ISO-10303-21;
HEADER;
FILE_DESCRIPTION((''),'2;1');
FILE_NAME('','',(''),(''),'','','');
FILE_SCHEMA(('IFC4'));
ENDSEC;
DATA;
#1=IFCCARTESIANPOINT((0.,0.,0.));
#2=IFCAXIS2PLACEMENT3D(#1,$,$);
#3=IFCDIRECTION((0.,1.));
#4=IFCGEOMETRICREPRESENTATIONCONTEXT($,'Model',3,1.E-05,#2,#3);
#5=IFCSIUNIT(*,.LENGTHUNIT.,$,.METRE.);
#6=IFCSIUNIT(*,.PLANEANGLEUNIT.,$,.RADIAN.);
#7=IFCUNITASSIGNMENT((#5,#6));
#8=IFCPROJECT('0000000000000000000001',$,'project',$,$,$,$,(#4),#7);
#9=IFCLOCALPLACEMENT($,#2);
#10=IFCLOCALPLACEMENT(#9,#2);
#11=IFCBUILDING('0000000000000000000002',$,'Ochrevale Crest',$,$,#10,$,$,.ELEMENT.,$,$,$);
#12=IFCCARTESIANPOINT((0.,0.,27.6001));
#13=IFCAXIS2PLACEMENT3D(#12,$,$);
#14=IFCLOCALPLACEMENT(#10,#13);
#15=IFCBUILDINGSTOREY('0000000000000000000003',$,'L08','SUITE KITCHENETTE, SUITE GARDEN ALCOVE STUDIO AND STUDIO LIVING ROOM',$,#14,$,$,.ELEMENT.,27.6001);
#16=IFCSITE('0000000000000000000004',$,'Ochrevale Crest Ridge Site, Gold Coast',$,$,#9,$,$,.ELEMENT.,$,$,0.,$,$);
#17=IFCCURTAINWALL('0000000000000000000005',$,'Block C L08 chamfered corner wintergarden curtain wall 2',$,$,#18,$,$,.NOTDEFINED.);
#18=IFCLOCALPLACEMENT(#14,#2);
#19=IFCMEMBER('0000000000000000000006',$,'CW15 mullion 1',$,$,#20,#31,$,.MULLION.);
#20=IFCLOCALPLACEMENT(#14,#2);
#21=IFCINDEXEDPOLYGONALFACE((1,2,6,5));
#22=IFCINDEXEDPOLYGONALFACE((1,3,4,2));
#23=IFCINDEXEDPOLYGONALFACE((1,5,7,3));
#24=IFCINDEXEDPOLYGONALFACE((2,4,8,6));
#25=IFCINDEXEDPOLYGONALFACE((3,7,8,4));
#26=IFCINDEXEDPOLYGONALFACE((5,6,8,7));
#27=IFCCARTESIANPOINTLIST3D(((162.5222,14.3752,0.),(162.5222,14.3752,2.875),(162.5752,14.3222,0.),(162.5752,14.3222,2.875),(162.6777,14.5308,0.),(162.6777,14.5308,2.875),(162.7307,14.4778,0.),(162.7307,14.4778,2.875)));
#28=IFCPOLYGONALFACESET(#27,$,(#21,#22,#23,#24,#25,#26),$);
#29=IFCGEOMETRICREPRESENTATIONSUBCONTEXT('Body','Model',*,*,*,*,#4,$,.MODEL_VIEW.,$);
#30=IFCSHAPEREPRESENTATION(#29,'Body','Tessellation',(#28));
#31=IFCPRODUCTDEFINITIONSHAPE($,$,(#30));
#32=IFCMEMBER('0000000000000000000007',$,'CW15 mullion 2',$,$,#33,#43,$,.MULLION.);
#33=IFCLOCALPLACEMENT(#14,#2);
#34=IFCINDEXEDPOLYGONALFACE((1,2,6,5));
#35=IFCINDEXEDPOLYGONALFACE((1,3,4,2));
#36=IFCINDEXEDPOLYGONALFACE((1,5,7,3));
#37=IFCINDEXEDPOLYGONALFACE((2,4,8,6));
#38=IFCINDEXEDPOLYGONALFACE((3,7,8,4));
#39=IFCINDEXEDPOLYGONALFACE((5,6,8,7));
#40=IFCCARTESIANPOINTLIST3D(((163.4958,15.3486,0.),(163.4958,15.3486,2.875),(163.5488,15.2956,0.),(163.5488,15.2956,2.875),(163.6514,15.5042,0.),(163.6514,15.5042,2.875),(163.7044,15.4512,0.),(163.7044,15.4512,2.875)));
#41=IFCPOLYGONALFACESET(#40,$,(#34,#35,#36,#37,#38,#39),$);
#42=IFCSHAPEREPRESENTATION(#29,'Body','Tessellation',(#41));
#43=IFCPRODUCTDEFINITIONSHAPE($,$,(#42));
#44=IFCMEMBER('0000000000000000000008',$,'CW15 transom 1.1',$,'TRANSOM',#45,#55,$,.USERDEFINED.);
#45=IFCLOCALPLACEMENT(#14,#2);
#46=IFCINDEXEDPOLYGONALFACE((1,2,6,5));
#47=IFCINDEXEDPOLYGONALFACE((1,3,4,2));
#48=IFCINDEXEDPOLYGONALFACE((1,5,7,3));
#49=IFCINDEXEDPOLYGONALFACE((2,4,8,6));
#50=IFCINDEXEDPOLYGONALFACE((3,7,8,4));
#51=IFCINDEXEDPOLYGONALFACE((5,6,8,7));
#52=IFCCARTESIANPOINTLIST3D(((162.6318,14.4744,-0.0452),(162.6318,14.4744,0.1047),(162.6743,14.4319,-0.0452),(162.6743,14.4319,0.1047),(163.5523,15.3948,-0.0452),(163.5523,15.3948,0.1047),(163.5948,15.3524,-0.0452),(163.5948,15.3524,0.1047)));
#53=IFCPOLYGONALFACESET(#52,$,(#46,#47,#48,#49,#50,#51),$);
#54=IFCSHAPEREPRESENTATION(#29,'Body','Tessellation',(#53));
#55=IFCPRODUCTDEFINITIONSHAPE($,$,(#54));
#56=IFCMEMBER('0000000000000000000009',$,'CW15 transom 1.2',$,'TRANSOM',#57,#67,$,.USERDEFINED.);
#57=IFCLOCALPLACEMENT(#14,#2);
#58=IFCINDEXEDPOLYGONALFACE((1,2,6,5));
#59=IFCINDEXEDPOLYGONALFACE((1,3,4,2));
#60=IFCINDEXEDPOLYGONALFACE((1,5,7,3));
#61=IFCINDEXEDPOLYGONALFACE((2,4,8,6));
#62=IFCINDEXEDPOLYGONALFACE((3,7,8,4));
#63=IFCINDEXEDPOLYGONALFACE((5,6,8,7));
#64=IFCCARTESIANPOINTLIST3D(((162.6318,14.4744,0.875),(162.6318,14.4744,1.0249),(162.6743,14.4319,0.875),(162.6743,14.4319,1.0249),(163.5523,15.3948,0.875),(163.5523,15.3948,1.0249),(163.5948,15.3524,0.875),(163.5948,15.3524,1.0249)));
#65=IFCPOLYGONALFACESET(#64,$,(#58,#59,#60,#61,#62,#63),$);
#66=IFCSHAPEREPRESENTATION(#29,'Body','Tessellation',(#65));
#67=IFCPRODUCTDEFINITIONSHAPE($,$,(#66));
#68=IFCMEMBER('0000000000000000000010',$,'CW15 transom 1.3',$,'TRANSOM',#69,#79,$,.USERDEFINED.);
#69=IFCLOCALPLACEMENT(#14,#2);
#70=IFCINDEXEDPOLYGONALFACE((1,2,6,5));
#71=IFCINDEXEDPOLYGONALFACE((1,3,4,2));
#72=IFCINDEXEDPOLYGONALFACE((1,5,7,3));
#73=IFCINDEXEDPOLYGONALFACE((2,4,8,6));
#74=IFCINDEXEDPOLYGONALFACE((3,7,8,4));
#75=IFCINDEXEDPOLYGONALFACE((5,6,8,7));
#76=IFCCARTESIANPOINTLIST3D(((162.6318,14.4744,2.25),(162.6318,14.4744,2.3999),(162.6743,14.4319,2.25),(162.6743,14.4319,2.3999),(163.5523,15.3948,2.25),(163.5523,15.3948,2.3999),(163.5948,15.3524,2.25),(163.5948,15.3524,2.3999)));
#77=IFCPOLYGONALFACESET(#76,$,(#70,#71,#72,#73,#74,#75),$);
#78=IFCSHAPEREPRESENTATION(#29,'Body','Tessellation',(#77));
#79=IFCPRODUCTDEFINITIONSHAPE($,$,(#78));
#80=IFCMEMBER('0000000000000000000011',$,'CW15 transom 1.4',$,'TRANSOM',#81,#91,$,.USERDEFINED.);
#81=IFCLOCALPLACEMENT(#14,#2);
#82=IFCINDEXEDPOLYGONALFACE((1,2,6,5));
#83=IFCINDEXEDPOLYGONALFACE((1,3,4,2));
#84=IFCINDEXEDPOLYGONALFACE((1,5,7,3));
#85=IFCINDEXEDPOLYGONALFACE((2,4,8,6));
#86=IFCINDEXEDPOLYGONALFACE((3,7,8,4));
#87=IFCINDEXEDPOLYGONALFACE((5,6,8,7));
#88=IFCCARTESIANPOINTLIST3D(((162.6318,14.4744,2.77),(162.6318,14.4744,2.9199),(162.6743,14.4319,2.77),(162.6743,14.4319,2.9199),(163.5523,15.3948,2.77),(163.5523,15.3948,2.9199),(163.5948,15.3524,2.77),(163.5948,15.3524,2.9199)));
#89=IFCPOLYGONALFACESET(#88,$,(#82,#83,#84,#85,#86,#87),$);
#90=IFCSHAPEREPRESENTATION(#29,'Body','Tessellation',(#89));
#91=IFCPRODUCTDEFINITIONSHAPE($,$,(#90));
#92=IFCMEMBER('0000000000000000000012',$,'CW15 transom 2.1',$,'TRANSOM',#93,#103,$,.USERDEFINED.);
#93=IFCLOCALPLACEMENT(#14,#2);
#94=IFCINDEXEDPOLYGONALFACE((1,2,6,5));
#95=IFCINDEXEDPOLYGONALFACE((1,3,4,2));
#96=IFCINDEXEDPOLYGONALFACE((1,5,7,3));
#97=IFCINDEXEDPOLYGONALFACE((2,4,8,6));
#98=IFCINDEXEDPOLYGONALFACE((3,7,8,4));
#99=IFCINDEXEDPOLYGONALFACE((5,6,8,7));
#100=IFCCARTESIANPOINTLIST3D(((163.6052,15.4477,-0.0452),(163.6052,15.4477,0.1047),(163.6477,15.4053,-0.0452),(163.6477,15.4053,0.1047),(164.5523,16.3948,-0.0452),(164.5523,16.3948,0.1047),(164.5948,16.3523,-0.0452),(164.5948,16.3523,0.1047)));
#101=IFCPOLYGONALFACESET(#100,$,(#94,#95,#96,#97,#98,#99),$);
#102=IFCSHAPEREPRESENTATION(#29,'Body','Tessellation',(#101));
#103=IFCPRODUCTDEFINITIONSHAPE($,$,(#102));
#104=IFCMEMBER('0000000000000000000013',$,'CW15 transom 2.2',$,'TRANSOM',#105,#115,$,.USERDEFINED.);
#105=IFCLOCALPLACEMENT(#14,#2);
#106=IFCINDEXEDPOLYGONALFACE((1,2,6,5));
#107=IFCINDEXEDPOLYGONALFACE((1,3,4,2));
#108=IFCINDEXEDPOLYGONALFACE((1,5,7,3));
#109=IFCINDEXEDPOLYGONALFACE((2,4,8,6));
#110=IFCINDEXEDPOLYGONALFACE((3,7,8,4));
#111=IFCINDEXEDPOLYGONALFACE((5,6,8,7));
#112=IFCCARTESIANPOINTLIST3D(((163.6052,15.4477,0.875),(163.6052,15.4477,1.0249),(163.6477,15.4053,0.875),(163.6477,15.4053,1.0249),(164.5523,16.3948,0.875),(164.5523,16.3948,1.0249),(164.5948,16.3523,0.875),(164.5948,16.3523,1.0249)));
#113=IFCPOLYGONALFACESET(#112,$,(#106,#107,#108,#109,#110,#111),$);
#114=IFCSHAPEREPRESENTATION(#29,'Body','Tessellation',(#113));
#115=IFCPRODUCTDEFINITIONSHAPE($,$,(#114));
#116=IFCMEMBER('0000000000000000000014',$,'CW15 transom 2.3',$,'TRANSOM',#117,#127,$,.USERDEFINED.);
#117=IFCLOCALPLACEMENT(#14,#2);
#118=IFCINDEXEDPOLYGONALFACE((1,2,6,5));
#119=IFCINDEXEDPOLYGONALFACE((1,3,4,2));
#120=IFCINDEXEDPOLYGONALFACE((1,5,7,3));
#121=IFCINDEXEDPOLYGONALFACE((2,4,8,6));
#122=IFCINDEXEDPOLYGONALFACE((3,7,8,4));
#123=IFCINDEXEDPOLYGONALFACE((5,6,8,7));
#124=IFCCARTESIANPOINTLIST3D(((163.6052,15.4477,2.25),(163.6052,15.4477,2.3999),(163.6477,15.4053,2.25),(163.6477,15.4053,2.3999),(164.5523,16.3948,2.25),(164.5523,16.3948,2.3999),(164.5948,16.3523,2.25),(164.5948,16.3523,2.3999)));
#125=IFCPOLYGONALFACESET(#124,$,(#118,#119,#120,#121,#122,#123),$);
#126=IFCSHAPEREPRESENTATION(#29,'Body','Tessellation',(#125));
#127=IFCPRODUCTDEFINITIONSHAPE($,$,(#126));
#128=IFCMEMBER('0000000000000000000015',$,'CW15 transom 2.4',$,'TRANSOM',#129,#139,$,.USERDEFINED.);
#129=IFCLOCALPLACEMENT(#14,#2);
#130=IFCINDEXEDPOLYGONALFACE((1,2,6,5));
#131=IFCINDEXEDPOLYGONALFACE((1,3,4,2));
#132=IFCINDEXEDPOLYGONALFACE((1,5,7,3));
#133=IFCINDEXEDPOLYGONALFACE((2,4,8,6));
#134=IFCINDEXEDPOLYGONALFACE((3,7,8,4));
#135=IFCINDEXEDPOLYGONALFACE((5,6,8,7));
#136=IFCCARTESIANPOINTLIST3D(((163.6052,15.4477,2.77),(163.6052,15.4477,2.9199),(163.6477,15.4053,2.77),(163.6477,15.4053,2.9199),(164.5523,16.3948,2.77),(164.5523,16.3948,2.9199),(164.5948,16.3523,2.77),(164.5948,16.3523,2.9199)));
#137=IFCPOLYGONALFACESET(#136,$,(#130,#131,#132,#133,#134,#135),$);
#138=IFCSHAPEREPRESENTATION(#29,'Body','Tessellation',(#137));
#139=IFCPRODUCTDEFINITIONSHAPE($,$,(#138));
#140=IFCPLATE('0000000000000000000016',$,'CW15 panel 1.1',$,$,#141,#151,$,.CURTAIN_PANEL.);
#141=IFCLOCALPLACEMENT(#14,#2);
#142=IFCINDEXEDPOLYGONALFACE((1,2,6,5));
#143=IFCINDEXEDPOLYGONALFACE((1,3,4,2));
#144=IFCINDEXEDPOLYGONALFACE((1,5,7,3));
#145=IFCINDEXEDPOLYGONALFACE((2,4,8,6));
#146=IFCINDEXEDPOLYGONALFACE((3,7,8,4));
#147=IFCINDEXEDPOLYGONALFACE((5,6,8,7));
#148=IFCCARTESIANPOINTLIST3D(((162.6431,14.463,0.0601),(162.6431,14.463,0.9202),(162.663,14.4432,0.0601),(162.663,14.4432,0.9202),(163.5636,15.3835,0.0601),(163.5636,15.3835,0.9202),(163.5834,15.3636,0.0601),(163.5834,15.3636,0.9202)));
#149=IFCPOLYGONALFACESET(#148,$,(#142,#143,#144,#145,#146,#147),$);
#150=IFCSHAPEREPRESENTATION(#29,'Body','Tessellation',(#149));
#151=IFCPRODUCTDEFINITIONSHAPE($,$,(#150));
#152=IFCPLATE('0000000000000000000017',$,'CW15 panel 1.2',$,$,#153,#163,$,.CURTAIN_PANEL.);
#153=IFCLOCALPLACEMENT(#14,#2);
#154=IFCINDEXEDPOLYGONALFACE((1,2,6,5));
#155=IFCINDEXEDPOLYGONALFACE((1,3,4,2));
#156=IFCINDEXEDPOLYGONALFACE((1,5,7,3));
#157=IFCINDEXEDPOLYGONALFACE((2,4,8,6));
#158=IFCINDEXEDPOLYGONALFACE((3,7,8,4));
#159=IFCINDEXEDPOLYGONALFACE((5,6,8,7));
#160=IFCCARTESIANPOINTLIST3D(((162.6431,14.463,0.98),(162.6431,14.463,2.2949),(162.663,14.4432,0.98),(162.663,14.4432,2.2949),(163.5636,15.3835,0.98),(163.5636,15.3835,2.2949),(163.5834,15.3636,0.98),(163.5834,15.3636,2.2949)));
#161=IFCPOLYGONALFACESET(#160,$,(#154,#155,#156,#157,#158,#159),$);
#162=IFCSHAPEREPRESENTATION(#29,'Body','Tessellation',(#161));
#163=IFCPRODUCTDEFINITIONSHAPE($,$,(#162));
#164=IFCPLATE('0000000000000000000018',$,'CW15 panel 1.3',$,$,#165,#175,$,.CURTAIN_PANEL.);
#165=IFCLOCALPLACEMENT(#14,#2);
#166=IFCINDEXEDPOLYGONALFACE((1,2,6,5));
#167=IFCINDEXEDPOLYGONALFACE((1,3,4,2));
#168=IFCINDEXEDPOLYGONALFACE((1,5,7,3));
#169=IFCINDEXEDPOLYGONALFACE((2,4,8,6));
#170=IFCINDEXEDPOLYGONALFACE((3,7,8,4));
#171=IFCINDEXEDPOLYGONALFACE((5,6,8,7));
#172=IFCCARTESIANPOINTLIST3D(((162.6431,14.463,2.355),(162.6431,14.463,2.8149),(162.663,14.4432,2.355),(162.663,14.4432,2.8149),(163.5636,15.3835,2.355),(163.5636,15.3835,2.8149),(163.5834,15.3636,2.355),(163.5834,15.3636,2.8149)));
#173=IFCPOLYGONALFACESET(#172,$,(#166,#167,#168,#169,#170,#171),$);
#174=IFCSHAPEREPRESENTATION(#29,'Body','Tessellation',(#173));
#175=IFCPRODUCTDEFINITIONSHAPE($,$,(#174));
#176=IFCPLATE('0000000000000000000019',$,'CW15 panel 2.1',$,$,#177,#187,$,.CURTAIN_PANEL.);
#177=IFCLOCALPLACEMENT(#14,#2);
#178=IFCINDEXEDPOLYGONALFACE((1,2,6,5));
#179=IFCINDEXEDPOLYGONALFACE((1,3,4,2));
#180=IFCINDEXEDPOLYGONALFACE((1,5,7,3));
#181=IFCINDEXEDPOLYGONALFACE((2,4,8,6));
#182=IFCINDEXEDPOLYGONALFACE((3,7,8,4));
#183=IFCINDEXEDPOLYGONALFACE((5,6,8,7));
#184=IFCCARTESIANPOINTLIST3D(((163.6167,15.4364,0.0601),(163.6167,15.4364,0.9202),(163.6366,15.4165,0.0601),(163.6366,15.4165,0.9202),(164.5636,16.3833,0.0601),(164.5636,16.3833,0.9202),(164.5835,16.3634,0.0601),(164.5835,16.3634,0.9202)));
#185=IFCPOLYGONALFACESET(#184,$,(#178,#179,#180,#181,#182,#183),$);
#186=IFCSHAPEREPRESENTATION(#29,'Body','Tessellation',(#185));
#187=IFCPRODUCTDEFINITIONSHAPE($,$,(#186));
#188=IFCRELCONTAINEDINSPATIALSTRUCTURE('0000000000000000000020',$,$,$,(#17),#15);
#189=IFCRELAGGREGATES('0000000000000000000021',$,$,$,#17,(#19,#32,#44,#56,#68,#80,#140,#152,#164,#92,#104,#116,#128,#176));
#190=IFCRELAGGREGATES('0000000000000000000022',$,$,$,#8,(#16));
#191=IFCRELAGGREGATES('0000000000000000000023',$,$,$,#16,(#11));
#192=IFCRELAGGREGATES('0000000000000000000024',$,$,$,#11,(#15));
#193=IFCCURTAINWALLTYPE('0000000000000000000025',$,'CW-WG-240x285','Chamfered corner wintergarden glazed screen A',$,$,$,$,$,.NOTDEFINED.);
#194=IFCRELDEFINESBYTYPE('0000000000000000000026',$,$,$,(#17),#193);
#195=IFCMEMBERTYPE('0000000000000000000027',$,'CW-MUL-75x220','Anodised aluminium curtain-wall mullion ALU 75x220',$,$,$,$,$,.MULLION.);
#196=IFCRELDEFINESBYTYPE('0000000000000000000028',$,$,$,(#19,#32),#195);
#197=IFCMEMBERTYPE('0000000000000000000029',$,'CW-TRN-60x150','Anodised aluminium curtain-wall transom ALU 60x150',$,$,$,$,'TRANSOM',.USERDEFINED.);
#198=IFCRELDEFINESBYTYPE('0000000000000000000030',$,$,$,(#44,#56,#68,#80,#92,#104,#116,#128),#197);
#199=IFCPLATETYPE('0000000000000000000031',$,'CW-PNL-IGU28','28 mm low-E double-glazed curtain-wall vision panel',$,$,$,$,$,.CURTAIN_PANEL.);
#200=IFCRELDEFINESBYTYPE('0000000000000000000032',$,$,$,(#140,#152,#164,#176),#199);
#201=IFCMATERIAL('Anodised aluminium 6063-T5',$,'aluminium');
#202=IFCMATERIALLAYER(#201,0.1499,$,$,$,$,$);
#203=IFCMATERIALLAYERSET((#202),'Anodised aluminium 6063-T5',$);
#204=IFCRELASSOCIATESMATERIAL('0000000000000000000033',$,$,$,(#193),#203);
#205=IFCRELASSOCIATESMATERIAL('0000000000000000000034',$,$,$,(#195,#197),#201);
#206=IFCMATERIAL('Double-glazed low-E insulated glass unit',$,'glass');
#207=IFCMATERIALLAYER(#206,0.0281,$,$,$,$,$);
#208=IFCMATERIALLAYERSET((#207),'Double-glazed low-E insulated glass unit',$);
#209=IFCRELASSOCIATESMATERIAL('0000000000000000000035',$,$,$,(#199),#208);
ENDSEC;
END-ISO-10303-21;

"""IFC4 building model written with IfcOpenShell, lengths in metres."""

from ifc_helpers import new_model, si_unit, direction, frame, origin, origin_2d, place, context, subcontext, project, spatial, rectangle, extrude, material, layer, layer_set, material_profile, profile_set, type_object, element, aggregate, save


model = new_model("IFC4")

# Units and contexts
model_context = context("Model", 3, precision=1e-05, world=origin(), true_north=direction((0.0, 1.0)))
body_context = subcontext(model_context, "Body", "Model", "MODEL_VIEW")
ifc_project = project(units=[si_unit("LENGTHUNIT", "METRE"), si_unit("PLANEANGLEUNIT", "RADIAN")], contexts=[model_context])

# Site, building, storey
site_placement = place(None, origin())
site = spatial("IfcSite", under=ifc_project, at=site_placement, Name="Ochrevale Crest Ridge Site, Gold Coast", CompositionType="ELEMENT", RefElevation=0.0)
building_placement = place(site_placement, origin())
building = spatial("IfcBuilding", under=site, at=building_placement, Name="Ochrevale Crest", CompositionType="ELEMENT")
storey_placement = place(building_placement, frame((0.0, 0.0, 27.6001)))
storey = spatial("IfcBuildingStorey", under=building, at=storey_placement, Name="L08", Description="SUITE KITCHENETTE, SUITE GARDEN ALCOVE STUDIO AND STUDIO LIVING ROOM", CompositionType="ELEMENT", Elevation=27.6001)

# Curtain wall, members, plates
ifc_material_1 = material(Name="Anodised aluminium 6063-T5", Category="aluminium")
ifc_layer_1 = layer(ifc_material_1, 0.1499)
ifc_layer_set_1 = layer_set([ifc_layer_1], Name="Anodised aluminium 6063-T5")
curtain_wall_type = type_object("IfcCurtainWallType", Name="CW-WG-240x285", Description="Chamfered corner wintergarden glazed screen A", PredefinedType="NOTDEFINED", material=ifc_layer_set_1)
curtain_wall_placement = place(storey_placement, origin())
curtain_wall = element("IfcCurtainWall", 1, at=curtain_wall_placement, inside=storey, type_object=curtain_wall_type, Name="Block C L08 chamfered corner wintergarden curtain wall 2", PredefinedType="NOTDEFINED")
ifc_material_profile_1 = material_profile(ifc_material_1, rectangle(XDim=0.075, YDim=0.22, at=origin_2d()), Name="ALU 75x220")
ifc_profile_set_1 = profile_set([ifc_material_profile_1], Name="Anodised aluminium 6063-T5")
member_type_1 = type_object("IfcMemberType", Name="CW-MUL-75x220", Description="Anodised aluminium curtain-wall mullion ALU 75x220", PredefinedType="MULLION", material=ifc_profile_set_1)
member_1_placement = place(storey_placement, frame((162.6265, 14.4265, 0.0), z_axis=(0.0, 0.0, 1.0), x_axis=(-0.707107, 0.707107, 0.0)))
member_1 = element("IfcMember", 2, at=member_1_placement, type_object=member_type_1, Name="CW15 mullion 1", PredefinedType="MULLION", context=body_context, shape_type="SweptSolid", body=[
    extrude(rectangle(XDim=0.075, YDim=0.22, at=origin_2d()), origin(), (0.0, 0.0, 1.0), 2.875),
])
member_2_placement = place(storey_placement, frame((163.6001, 15.3999, 0.0), z_axis=(0.0, 0.0, 1.0), x_axis=(-0.707107, 0.707107, 0.0)))
member_2 = element("IfcMember", 3, at=member_2_placement, type_object=member_type_1, Name="CW15 mullion 2", PredefinedType="MULLION", context=body_context, shape_type="SweptSolid", body=[
    extrude(rectangle(XDim=0.075, YDim=0.22, at=origin_2d()), origin(), (0.0, 0.0, 1.0), 2.875),
])
ifc_material_profile_2 = material_profile(ifc_material_1, rectangle(XDim=0.0601, YDim=0.1499, at=origin_2d()), Name="ALU 60x150")
ifc_profile_set_2 = profile_set([ifc_material_profile_2], Name="Anodised aluminium 6063-T5")
member_type_2 = type_object("IfcMemberType", Name="CW-TRN-60x150", Description="Anodised aluminium curtain-wall transom ALU 60x150", ElementType="TRANSOM", PredefinedType="USERDEFINED", material=ifc_profile_set_2)
member_3_placement = place(storey_placement, frame((162.6531, 14.4531, 0.0298), z_axis=(0.707107, 0.707107, 0.0), x_axis=(-0.707107, 0.707107, 0.0)))
member_3 = element("IfcMember", 4, at=member_3_placement, type_object=member_type_2, Name="CW15 transom 1.1", ObjectType="TRANSOM", PredefinedType="USERDEFINED", context=body_context, shape_type="SweptSolid", body=[
    extrude(rectangle(XDim=0.0601, YDim=0.1499, at=origin_2d()), origin(), (0.0, 0.0, 1.0), 1.3018),
])
member_4_placement = place(storey_placement, frame((162.6531, 14.4531, 0.95), z_axis=(0.707107, 0.707107, 0.0), x_axis=(-0.707107, 0.707107, 0.0)))
member_4 = element("IfcMember", 5, at=member_4_placement, type_object=member_type_2, Name="CW15 transom 1.2", ObjectType="TRANSOM", PredefinedType="USERDEFINED", context=body_context, shape_type="SweptSolid", body=[
    extrude(rectangle(XDim=0.0601, YDim=0.1499, at=origin_2d()), origin(), (0.0, 0.0, 1.0), 1.3018),
])
member_5_placement = place(storey_placement, frame((162.6531, 14.4531, 2.325), z_axis=(0.707107, 0.707107, 0.0), x_axis=(-0.707107, 0.707107, 0.0)))
member_5 = element("IfcMember", 6, at=member_5_placement, type_object=member_type_2, Name="CW15 transom 1.3", ObjectType="TRANSOM", PredefinedType="USERDEFINED", context=body_context, shape_type="SweptSolid", body=[
    extrude(rectangle(XDim=0.0601, YDim=0.1499, at=origin_2d()), origin(), (0.0, 0.0, 1.0), 1.3018),
])
member_6_placement = place(storey_placement, frame((162.6531, 14.4531, 2.845), z_axis=(0.707107, 0.707107, 0.0), x_axis=(-0.707107, 0.707107, 0.0)))
member_6 = element("IfcMember", 7, at=member_6_placement, type_object=member_type_2, Name="CW15 transom 1.4", ObjectType="TRANSOM", PredefinedType="USERDEFINED", context=body_context, shape_type="SweptSolid", body=[
    extrude(rectangle(XDim=0.0601, YDim=0.1499, at=origin_2d()), origin(), (0.0, 0.0, 1.0), 1.3018),
])
member_7_placement = place(storey_placement, frame((163.6265, 15.4265, 0.0298), z_axis=(0.707107, 0.707107, 0.0), x_axis=(-0.707107, 0.707107, 0.0)))
member_7 = element("IfcMember", 8, at=member_7_placement, type_object=member_type_2, Name="CW15 transom 2.1", ObjectType="TRANSOM", PredefinedType="USERDEFINED", context=body_context, shape_type="SweptSolid", body=[
    extrude(rectangle(XDim=0.0601, YDim=0.1499, at=origin_2d()), origin(), (0.0, 0.0, 1.0), 1.3394),
])
member_8_placement = place(storey_placement, frame((163.6265, 15.4265, 0.95), z_axis=(0.707107, 0.707107, 0.0), x_axis=(-0.707107, 0.707107, 0.0)))
member_8 = element("IfcMember", 9, at=member_8_placement, type_object=member_type_2, Name="CW15 transom 2.2", ObjectType="TRANSOM", PredefinedType="USERDEFINED", context=body_context, shape_type="SweptSolid", body=[
    extrude(rectangle(XDim=0.0601, YDim=0.1499, at=origin_2d()), origin(), (0.0, 0.0, 1.0), 1.3394),
])
member_9_placement = place(storey_placement, frame((163.6265, 15.4265, 2.325), z_axis=(0.707107, 0.707107, 0.0), x_axis=(-0.707107, 0.707107, 0.0)))
member_9 = element("IfcMember", 10, at=member_9_placement, type_object=member_type_2, Name="CW15 transom 2.3", ObjectType="TRANSOM", PredefinedType="USERDEFINED", context=body_context, shape_type="SweptSolid", body=[
    extrude(rectangle(XDim=0.0601, YDim=0.1499, at=origin_2d()), origin(), (0.0, 0.0, 1.0), 1.3394),
])
member_10_placement = place(storey_placement, frame((163.6265, 15.4265, 2.845), z_axis=(0.707107, 0.707107, 0.0), x_axis=(-0.707107, 0.707107, 0.0)))
member_10 = element("IfcMember", 11, at=member_10_placement, type_object=member_type_2, Name="CW15 transom 2.4", ObjectType="TRANSOM", PredefinedType="USERDEFINED", context=body_context, shape_type="SweptSolid", body=[
    extrude(rectangle(XDim=0.0601, YDim=0.1499, at=origin_2d()), origin(), (0.0, 0.0, 1.0), 1.3394),
])
ifc_material_2 = material(Name="Double-glazed low-E insulated glass unit", Category="glass")
ifc_layer_2 = layer(ifc_material_2, 0.0281)
ifc_layer_set_2 = layer_set([ifc_layer_2], Name="Double-glazed low-E insulated glass unit")
plate_type_1 = type_object("IfcPlateType", Name="CW-PNL-IGU28", Description="28 mm low-E double-glazed curtain-wall vision panel", PredefinedType="CURTAIN_PANEL", material=ifc_layer_set_2)
plate_1_placement = place(storey_placement, frame((163.1133, 14.9133, 0.0601), z_axis=(0.0, 0.0, 1.0), x_axis=(0.707107, 0.707107, 0.0)))
plate_1 = element("IfcPlate", 12, at=plate_1_placement, type_object=plate_type_1, Name="CW15 panel 1.1", PredefinedType="CURTAIN_PANEL", context=body_context, shape_type="SweptSolid", body=[
    extrude(rectangle(XDim=1.3018, YDim=0.0281, at=origin_2d()), origin(), (0.0, 0.0, 1.0), 0.8601),
])
plate_2_placement = place(storey_placement, frame((163.1133, 14.9133, 0.98), z_axis=(0.0, 0.0, 1.0), x_axis=(0.707107, 0.707107, 0.0)))
plate_2 = element("IfcPlate", 13, at=plate_2_placement, type_object=plate_type_1, Name="CW15 panel 1.2", PredefinedType="CURTAIN_PANEL", context=body_context, shape_type="SweptSolid", body=[
    extrude(rectangle(XDim=1.3018, YDim=0.0281, at=origin_2d()), origin(), (0.0, 0.0, 1.0), 1.3149),
])
plate_3_placement = place(storey_placement, frame((163.1133, 14.9133, 2.355), z_axis=(0.0, 0.0, 1.0), x_axis=(0.707107, 0.707107, 0.0)))
plate_3 = element("IfcPlate", 14, at=plate_3_placement, type_object=plate_type_1, Name="CW15 panel 1.3", PredefinedType="CURTAIN_PANEL", context=body_context, shape_type="SweptSolid", body=[
    extrude(rectangle(XDim=1.3018, YDim=0.0281, at=origin_2d()), origin(), (0.0, 0.0, 1.0), 0.46),
])
plate_4_placement = place(storey_placement, frame((164.1001, 15.8999, 0.0601), z_axis=(0.0, 0.0, 1.0), x_axis=(0.707107, 0.707107, 0.0)))
plate_4 = element("IfcPlate", 15, at=plate_4_placement, type_object=plate_type_1, Name="CW15 panel 2.1", PredefinedType="CURTAIN_PANEL", context=body_context, shape_type="SweptSolid", body=[
    extrude(rectangle(XDim=1.3391, YDim=0.0281, at=origin_2d()), origin(), (0.0, 0.0, 1.0), 0.8601),
])
aggregate(curtain_wall, [member_1, member_2, member_3, member_4, member_5, member_6, plate_1, plate_2, plate_3, member_7, member_8, member_9, member_10, plate_4])

save(model, "model.ifc")
